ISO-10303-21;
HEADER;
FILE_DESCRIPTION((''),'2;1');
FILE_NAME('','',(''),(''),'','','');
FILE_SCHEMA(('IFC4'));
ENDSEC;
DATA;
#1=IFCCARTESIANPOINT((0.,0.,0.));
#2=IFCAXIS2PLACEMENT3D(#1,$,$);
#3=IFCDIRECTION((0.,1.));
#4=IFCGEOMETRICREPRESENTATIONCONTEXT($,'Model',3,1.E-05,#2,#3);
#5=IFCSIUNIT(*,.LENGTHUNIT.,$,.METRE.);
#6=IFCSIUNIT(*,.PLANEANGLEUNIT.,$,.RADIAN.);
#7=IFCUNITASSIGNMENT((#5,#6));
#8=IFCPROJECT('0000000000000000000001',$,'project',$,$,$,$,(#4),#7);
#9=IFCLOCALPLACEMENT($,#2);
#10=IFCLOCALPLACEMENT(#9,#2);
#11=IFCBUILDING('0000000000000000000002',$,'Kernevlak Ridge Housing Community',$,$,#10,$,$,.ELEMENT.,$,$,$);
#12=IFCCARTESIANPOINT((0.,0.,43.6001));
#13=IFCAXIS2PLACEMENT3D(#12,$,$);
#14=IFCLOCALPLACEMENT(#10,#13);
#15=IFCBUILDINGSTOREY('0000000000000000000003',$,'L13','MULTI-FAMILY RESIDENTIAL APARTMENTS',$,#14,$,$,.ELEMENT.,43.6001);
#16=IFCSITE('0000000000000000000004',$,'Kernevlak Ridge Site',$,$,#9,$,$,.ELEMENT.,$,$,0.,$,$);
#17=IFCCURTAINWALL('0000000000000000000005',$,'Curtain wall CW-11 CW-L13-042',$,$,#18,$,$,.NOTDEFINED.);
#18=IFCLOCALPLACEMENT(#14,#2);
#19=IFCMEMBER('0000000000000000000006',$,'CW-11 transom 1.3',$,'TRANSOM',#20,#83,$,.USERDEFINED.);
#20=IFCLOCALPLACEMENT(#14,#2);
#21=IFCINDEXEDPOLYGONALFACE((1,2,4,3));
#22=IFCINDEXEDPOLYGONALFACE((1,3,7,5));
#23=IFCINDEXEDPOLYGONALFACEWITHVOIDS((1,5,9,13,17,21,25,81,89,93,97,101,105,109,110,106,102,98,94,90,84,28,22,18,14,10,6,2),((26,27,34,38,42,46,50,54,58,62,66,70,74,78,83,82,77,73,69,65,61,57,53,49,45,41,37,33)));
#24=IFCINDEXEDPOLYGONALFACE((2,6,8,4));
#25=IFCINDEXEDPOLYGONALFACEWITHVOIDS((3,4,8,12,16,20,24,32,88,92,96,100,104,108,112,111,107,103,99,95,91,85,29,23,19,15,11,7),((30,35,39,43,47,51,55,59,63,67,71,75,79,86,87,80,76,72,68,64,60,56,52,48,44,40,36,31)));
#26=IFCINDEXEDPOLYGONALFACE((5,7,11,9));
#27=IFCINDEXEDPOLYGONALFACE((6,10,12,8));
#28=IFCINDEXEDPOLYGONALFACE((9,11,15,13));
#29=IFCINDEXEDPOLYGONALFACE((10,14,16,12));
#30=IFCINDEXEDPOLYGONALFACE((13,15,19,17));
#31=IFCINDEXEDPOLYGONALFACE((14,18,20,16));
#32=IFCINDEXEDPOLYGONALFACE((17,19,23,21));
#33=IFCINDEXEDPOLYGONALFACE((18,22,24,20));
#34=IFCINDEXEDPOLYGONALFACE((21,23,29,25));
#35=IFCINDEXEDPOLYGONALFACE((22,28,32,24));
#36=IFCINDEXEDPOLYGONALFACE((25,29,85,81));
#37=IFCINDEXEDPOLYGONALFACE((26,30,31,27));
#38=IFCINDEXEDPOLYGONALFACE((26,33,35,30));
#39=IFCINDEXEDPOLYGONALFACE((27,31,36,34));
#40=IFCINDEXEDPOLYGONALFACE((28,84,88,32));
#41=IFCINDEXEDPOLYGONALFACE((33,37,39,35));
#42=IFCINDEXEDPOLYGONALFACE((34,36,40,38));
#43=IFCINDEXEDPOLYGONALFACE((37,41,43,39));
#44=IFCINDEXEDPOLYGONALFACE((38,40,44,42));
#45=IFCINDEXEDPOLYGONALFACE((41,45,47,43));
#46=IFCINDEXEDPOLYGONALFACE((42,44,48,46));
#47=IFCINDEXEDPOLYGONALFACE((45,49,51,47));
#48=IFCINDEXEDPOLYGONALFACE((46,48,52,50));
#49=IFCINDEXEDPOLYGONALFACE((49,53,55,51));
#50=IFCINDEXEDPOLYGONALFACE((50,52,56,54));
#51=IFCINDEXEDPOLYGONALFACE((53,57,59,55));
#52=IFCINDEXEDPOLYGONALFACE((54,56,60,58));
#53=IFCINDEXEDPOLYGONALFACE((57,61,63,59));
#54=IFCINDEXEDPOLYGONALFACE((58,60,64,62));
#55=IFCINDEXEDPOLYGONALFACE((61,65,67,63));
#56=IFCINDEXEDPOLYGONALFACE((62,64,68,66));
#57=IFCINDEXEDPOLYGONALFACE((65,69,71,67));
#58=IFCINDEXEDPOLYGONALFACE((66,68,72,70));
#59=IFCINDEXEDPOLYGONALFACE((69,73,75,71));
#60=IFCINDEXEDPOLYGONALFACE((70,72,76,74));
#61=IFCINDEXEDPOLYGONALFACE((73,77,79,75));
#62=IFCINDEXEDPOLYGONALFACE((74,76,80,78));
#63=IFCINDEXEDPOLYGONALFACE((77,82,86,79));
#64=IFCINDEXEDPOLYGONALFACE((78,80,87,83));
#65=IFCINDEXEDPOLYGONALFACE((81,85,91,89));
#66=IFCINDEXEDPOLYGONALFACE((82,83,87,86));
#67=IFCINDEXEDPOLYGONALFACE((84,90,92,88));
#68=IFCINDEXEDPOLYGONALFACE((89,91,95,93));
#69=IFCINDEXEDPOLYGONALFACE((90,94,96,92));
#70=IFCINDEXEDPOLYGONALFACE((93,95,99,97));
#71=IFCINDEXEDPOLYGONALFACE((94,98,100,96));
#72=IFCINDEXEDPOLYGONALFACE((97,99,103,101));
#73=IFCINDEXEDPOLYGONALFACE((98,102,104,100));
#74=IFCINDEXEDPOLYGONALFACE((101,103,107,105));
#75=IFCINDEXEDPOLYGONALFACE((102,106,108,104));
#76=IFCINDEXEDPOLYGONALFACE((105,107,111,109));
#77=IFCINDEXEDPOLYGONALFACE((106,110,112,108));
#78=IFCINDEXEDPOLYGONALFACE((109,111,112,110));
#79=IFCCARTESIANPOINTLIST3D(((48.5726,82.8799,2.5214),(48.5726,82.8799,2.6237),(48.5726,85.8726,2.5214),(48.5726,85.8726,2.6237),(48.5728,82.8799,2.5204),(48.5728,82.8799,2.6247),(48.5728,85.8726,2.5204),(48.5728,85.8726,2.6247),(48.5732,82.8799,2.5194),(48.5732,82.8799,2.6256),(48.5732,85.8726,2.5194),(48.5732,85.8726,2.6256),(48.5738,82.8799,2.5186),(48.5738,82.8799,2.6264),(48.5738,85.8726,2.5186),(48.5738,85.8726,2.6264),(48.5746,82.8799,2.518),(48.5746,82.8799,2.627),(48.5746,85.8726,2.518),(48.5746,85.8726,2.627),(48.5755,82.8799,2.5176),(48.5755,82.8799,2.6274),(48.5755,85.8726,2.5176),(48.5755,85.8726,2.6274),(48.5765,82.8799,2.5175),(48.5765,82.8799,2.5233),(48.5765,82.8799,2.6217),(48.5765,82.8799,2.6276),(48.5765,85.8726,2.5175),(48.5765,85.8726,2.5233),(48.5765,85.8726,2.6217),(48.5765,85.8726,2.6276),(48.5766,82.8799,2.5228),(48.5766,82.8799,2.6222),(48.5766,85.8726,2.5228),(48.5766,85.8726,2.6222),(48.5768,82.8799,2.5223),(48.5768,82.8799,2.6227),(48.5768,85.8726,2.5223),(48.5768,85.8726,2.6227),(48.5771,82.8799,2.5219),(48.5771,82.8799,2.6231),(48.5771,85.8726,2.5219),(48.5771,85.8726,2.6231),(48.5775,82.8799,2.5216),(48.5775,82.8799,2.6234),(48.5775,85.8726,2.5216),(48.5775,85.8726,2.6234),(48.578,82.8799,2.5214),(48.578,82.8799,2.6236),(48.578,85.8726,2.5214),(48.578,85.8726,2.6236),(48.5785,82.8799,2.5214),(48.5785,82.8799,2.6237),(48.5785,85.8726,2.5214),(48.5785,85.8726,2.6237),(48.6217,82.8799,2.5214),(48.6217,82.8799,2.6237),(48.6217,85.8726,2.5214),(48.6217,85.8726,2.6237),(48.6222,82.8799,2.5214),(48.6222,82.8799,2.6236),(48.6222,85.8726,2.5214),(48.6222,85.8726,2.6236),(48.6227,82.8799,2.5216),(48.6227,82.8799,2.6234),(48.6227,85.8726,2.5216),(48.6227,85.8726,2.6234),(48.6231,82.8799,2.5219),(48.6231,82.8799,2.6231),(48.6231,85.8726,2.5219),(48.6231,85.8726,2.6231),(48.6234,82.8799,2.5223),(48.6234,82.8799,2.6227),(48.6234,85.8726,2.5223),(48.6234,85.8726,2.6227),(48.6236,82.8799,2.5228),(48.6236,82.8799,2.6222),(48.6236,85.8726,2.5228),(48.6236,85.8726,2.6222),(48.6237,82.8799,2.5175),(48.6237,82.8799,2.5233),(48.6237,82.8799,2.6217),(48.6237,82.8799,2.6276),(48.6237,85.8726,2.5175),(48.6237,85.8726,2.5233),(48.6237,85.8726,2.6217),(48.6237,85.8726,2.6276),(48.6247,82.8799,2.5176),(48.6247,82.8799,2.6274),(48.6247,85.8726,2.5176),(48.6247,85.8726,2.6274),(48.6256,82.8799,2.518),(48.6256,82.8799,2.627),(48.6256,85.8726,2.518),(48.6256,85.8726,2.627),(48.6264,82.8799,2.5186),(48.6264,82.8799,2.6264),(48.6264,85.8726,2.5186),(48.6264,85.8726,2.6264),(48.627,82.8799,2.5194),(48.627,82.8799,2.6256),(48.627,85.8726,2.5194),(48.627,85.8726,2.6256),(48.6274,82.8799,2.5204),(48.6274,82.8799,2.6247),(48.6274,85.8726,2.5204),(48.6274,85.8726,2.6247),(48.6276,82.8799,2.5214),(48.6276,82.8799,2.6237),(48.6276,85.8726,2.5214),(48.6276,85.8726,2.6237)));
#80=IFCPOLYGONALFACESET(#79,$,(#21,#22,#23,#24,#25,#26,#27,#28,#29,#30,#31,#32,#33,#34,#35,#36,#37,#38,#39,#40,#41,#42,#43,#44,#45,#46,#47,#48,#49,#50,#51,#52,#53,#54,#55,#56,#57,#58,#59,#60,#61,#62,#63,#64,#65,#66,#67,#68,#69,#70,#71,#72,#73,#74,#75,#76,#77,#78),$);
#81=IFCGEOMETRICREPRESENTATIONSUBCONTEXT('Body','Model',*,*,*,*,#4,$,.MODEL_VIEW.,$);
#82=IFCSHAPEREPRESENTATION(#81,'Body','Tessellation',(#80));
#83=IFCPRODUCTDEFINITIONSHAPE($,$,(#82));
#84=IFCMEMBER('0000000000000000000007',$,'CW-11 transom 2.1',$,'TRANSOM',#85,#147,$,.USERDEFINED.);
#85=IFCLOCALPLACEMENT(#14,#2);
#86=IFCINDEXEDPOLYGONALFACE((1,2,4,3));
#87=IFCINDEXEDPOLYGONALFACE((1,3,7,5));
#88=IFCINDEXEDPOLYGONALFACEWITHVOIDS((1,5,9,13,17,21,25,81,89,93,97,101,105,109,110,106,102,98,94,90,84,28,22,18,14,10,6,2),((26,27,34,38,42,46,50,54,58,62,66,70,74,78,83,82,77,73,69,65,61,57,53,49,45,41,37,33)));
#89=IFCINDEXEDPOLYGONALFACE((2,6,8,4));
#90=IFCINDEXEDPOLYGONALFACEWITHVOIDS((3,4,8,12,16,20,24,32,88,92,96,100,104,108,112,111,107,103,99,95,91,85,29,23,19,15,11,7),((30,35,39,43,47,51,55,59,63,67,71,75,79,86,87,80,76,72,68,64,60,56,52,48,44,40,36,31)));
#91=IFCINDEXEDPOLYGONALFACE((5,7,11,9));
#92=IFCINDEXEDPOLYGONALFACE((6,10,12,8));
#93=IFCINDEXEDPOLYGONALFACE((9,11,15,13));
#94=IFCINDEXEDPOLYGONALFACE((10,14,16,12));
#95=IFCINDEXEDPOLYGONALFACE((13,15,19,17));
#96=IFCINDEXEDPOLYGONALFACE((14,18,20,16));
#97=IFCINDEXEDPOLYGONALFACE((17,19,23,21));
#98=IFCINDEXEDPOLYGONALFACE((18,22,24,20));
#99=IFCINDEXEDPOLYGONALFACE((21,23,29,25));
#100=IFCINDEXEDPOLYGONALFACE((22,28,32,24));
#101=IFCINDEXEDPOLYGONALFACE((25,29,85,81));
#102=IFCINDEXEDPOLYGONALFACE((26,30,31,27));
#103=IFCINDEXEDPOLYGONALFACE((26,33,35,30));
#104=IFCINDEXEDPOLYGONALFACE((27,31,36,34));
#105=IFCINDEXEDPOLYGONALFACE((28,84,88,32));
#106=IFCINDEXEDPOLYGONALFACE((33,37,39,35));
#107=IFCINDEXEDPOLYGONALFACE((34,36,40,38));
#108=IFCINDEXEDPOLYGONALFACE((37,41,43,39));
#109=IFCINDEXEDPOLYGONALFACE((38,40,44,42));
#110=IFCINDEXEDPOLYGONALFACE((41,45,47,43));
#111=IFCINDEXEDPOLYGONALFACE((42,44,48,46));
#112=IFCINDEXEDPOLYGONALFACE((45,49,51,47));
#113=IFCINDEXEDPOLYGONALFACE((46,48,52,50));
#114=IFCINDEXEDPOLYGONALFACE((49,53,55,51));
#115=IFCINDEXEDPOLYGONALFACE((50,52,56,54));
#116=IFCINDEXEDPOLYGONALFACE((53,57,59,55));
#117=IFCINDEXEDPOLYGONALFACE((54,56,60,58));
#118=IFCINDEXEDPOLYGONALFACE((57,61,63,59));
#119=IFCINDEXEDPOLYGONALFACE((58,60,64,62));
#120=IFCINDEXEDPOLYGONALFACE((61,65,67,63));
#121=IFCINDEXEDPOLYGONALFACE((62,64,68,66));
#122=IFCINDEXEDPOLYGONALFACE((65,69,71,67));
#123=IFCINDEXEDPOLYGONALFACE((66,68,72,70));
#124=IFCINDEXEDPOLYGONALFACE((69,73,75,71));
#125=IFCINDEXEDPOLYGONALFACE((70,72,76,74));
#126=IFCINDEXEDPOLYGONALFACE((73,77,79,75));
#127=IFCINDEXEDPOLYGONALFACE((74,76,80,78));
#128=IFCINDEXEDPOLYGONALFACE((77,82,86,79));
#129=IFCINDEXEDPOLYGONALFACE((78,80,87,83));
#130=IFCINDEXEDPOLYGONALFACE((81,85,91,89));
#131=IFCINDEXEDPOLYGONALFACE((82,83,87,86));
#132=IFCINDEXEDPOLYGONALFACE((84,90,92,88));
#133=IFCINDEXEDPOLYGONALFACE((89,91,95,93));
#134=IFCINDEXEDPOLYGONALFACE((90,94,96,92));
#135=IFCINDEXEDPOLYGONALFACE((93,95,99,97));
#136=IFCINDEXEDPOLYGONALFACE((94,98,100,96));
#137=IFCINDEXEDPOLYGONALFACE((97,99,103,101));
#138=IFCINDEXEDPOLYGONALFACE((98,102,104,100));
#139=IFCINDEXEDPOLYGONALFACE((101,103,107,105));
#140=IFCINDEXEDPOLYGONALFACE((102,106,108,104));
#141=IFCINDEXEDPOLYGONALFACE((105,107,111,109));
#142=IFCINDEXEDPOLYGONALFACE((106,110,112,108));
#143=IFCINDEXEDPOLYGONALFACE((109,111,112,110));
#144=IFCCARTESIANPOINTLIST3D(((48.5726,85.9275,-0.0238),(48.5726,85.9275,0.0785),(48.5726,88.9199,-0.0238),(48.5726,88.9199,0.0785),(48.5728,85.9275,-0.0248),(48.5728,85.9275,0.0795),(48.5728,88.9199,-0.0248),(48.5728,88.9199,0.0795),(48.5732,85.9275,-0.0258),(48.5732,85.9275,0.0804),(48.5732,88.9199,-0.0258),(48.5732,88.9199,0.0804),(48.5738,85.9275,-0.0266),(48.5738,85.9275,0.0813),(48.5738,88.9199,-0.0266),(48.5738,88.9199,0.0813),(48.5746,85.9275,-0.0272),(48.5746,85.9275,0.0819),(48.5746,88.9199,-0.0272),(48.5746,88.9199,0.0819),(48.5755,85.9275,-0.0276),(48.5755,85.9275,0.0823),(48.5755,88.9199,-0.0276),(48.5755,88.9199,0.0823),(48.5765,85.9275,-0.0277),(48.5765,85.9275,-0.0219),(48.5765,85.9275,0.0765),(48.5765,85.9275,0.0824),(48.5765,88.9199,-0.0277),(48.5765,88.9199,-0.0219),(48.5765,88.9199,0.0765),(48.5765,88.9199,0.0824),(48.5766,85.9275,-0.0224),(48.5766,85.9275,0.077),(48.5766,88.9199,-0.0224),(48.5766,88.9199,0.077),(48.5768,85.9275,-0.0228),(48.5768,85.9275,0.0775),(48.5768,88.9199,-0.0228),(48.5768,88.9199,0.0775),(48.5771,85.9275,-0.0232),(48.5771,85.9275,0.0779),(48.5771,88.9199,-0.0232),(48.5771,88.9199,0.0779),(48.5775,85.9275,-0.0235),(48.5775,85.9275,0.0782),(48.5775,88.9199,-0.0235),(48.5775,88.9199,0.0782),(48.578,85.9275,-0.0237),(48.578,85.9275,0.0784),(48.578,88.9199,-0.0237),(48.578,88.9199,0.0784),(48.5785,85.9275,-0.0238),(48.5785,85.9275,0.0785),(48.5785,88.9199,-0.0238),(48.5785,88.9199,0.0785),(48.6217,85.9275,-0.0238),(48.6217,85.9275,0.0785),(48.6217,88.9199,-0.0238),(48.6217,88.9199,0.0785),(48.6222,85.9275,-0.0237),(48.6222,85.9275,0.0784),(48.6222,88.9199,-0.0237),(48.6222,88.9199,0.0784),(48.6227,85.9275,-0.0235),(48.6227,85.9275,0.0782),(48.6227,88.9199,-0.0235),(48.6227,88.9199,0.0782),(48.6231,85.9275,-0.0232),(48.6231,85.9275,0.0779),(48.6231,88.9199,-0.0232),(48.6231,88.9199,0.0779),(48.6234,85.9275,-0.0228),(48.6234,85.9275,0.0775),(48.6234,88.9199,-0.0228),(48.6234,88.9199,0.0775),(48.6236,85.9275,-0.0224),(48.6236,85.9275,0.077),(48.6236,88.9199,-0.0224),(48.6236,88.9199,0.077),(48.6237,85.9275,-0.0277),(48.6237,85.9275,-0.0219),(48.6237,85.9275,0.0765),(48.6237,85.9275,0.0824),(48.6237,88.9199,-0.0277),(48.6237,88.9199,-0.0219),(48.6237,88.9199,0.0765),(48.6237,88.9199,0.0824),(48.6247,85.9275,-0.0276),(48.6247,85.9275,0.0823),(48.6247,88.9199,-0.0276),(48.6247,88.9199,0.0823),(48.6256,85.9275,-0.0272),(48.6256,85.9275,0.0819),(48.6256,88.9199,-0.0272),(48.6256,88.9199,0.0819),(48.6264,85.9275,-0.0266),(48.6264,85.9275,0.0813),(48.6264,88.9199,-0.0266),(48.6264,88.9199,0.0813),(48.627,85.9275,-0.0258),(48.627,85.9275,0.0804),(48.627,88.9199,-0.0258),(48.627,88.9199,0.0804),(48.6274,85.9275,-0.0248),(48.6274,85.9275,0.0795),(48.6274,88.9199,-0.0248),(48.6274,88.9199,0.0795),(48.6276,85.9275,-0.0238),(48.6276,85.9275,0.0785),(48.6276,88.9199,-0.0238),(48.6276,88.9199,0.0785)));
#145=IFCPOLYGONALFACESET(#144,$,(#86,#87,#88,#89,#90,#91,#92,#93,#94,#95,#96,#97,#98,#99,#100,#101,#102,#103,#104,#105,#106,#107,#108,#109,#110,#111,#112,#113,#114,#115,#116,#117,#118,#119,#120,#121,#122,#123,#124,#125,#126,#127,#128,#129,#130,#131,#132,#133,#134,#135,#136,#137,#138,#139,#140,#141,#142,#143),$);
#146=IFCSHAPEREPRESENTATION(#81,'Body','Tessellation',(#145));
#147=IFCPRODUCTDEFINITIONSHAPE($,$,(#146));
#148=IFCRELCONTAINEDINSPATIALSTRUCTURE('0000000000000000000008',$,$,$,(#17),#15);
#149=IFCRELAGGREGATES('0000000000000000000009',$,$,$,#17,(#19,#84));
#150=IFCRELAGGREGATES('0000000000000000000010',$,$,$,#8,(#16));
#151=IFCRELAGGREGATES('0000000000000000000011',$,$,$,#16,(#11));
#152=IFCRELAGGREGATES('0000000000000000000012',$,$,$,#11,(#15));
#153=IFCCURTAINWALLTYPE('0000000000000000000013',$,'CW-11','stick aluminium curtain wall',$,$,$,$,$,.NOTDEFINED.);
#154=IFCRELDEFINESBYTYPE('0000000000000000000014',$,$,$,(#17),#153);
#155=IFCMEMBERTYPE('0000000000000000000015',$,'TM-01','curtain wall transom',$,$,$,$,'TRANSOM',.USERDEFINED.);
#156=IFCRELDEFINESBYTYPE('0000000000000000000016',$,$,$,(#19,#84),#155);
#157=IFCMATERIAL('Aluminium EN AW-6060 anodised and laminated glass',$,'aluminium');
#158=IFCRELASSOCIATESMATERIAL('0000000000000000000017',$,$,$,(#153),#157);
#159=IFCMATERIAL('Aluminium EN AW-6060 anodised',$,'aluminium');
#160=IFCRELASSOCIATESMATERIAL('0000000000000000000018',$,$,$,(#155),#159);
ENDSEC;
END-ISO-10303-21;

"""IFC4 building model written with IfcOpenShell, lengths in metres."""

from ifc_helpers import new_model, si_unit, direction, frame, origin, origin_2d, place, context, subcontext, project, spatial, hollow_rectangle, extrude, material, material_profile, profile_set, type_object, element, aggregate, save


model = new_model("IFC4")

# Units and contexts
model_context = context("Model", 3, precision=1e-05, world=origin(), true_north=direction((0.0, 1.0)))
body_context = subcontext(model_context, "Body", "Model", "MODEL_VIEW")
ifc_project = project(units=[si_unit("LENGTHUNIT", "METRE"), si_unit("PLANEANGLEUNIT", "RADIAN")], contexts=[model_context])

# Site, building, storey
site_placement = place(None, origin())
site = spatial("IfcSite", under=ifc_project, at=site_placement, Name="Kernevlak Ridge Site", CompositionType="ELEMENT", RefElevation=0.0)
building_placement = place(site_placement, origin())
building = spatial("IfcBuilding", under=site, at=building_placement, Name="Kernevlak Ridge Housing Community", CompositionType="ELEMENT")
storey_placement = place(building_placement, frame((0.0, 0.0, 43.6001)))
storey = spatial("IfcBuildingStorey", under=building, at=storey_placement, Name="L13", Description="MULTI-FAMILY RESIDENTIAL APARTMENTS", CompositionType="ELEMENT", Elevation=43.6001)

# Shared definitions
ifc_material_1 = material(Name="Aluminium EN AW-6060 anodised and laminated glass", Category="aluminium")
ifc_material_2 = material(Name="Aluminium EN AW-6060 anodised", Category="aluminium")

# Curtain wall, members
curtain_wall_type_1 = type_object("IfcCurtainWallType", Name="CW-11", Description="stick aluminium curtain wall", PredefinedType="NOTDEFINED", material=ifc_material_1)
curtain_wall_1_placement = place(storey_placement, origin())
curtain_wall_1 = element("IfcCurtainWall", 1, at=curtain_wall_1_placement, inside=storey, type_object=curtain_wall_type_1, Name="Curtain wall CW-11 CW-L13-042", PredefinedType="NOTDEFINED")
ifc_material_profile_1 = material_profile(ifc_material_2, hollow_rectangle(XDim=0.0549, YDim=0.1101, WallThickness=0.0039, InnerFilletRadius=0.002, OuterFilletRadius=0.0039, at=origin_2d()), Name="ALU 55x110x4")
ifc_profile_set_1 = profile_set([ifc_material_profile_1], Name="Aluminium EN AW-6060 anodised")
member_type_1 = type_object("IfcMemberType", Name="TM-01", Description="curtain wall transom", ElementType="TRANSOM", PredefinedType="USERDEFINED", material=ifc_profile_set_1)
member_1_placement = place(storey_placement, frame((48.6001, 82.8799, 2.5725), z_axis=(0.0, 1.0, 0.0), x_axis=(-1.0, 0.0, 0.0)))
member_1 = element("IfcMember", 2, at=member_1_placement, type_object=member_type_1, Name="CW-11 transom 1.3", ObjectType="TRANSOM", PredefinedType="USERDEFINED", context=body_context, shape_type="SweptSolid", body=[
    extrude(hollow_rectangle(XDim=0.0549, YDim=0.1101, WallThickness=0.0039, InnerFilletRadius=0.002, OuterFilletRadius=0.0039, at=origin_2d()), origin(), (0.0, 0.0, 1.0), 2.9927),
])
member_2_placement = place(storey_placement, frame((48.6001, 85.9275, 0.0273), z_axis=(0.0, 1.0, 0.0), x_axis=(-1.0, 0.0, 0.0)))
member_2 = element("IfcMember", 3, at=member_2_placement, type_object=member_type_1, Name="CW-11 transom 2.1", ObjectType="TRANSOM", PredefinedType="USERDEFINED", context=body_context, shape_type="SweptSolid", body=[
    extrude(hollow_rectangle(XDim=0.0549, YDim=0.1101, WallThickness=0.0039, InnerFilletRadius=0.002, OuterFilletRadius=0.0039, at=origin_2d()), origin(), (0.0, 0.0, 1.0), 2.9924),
])

aggregate(curtain_wall_1, [member_1, member_2])

save(model, "model.ifc")
